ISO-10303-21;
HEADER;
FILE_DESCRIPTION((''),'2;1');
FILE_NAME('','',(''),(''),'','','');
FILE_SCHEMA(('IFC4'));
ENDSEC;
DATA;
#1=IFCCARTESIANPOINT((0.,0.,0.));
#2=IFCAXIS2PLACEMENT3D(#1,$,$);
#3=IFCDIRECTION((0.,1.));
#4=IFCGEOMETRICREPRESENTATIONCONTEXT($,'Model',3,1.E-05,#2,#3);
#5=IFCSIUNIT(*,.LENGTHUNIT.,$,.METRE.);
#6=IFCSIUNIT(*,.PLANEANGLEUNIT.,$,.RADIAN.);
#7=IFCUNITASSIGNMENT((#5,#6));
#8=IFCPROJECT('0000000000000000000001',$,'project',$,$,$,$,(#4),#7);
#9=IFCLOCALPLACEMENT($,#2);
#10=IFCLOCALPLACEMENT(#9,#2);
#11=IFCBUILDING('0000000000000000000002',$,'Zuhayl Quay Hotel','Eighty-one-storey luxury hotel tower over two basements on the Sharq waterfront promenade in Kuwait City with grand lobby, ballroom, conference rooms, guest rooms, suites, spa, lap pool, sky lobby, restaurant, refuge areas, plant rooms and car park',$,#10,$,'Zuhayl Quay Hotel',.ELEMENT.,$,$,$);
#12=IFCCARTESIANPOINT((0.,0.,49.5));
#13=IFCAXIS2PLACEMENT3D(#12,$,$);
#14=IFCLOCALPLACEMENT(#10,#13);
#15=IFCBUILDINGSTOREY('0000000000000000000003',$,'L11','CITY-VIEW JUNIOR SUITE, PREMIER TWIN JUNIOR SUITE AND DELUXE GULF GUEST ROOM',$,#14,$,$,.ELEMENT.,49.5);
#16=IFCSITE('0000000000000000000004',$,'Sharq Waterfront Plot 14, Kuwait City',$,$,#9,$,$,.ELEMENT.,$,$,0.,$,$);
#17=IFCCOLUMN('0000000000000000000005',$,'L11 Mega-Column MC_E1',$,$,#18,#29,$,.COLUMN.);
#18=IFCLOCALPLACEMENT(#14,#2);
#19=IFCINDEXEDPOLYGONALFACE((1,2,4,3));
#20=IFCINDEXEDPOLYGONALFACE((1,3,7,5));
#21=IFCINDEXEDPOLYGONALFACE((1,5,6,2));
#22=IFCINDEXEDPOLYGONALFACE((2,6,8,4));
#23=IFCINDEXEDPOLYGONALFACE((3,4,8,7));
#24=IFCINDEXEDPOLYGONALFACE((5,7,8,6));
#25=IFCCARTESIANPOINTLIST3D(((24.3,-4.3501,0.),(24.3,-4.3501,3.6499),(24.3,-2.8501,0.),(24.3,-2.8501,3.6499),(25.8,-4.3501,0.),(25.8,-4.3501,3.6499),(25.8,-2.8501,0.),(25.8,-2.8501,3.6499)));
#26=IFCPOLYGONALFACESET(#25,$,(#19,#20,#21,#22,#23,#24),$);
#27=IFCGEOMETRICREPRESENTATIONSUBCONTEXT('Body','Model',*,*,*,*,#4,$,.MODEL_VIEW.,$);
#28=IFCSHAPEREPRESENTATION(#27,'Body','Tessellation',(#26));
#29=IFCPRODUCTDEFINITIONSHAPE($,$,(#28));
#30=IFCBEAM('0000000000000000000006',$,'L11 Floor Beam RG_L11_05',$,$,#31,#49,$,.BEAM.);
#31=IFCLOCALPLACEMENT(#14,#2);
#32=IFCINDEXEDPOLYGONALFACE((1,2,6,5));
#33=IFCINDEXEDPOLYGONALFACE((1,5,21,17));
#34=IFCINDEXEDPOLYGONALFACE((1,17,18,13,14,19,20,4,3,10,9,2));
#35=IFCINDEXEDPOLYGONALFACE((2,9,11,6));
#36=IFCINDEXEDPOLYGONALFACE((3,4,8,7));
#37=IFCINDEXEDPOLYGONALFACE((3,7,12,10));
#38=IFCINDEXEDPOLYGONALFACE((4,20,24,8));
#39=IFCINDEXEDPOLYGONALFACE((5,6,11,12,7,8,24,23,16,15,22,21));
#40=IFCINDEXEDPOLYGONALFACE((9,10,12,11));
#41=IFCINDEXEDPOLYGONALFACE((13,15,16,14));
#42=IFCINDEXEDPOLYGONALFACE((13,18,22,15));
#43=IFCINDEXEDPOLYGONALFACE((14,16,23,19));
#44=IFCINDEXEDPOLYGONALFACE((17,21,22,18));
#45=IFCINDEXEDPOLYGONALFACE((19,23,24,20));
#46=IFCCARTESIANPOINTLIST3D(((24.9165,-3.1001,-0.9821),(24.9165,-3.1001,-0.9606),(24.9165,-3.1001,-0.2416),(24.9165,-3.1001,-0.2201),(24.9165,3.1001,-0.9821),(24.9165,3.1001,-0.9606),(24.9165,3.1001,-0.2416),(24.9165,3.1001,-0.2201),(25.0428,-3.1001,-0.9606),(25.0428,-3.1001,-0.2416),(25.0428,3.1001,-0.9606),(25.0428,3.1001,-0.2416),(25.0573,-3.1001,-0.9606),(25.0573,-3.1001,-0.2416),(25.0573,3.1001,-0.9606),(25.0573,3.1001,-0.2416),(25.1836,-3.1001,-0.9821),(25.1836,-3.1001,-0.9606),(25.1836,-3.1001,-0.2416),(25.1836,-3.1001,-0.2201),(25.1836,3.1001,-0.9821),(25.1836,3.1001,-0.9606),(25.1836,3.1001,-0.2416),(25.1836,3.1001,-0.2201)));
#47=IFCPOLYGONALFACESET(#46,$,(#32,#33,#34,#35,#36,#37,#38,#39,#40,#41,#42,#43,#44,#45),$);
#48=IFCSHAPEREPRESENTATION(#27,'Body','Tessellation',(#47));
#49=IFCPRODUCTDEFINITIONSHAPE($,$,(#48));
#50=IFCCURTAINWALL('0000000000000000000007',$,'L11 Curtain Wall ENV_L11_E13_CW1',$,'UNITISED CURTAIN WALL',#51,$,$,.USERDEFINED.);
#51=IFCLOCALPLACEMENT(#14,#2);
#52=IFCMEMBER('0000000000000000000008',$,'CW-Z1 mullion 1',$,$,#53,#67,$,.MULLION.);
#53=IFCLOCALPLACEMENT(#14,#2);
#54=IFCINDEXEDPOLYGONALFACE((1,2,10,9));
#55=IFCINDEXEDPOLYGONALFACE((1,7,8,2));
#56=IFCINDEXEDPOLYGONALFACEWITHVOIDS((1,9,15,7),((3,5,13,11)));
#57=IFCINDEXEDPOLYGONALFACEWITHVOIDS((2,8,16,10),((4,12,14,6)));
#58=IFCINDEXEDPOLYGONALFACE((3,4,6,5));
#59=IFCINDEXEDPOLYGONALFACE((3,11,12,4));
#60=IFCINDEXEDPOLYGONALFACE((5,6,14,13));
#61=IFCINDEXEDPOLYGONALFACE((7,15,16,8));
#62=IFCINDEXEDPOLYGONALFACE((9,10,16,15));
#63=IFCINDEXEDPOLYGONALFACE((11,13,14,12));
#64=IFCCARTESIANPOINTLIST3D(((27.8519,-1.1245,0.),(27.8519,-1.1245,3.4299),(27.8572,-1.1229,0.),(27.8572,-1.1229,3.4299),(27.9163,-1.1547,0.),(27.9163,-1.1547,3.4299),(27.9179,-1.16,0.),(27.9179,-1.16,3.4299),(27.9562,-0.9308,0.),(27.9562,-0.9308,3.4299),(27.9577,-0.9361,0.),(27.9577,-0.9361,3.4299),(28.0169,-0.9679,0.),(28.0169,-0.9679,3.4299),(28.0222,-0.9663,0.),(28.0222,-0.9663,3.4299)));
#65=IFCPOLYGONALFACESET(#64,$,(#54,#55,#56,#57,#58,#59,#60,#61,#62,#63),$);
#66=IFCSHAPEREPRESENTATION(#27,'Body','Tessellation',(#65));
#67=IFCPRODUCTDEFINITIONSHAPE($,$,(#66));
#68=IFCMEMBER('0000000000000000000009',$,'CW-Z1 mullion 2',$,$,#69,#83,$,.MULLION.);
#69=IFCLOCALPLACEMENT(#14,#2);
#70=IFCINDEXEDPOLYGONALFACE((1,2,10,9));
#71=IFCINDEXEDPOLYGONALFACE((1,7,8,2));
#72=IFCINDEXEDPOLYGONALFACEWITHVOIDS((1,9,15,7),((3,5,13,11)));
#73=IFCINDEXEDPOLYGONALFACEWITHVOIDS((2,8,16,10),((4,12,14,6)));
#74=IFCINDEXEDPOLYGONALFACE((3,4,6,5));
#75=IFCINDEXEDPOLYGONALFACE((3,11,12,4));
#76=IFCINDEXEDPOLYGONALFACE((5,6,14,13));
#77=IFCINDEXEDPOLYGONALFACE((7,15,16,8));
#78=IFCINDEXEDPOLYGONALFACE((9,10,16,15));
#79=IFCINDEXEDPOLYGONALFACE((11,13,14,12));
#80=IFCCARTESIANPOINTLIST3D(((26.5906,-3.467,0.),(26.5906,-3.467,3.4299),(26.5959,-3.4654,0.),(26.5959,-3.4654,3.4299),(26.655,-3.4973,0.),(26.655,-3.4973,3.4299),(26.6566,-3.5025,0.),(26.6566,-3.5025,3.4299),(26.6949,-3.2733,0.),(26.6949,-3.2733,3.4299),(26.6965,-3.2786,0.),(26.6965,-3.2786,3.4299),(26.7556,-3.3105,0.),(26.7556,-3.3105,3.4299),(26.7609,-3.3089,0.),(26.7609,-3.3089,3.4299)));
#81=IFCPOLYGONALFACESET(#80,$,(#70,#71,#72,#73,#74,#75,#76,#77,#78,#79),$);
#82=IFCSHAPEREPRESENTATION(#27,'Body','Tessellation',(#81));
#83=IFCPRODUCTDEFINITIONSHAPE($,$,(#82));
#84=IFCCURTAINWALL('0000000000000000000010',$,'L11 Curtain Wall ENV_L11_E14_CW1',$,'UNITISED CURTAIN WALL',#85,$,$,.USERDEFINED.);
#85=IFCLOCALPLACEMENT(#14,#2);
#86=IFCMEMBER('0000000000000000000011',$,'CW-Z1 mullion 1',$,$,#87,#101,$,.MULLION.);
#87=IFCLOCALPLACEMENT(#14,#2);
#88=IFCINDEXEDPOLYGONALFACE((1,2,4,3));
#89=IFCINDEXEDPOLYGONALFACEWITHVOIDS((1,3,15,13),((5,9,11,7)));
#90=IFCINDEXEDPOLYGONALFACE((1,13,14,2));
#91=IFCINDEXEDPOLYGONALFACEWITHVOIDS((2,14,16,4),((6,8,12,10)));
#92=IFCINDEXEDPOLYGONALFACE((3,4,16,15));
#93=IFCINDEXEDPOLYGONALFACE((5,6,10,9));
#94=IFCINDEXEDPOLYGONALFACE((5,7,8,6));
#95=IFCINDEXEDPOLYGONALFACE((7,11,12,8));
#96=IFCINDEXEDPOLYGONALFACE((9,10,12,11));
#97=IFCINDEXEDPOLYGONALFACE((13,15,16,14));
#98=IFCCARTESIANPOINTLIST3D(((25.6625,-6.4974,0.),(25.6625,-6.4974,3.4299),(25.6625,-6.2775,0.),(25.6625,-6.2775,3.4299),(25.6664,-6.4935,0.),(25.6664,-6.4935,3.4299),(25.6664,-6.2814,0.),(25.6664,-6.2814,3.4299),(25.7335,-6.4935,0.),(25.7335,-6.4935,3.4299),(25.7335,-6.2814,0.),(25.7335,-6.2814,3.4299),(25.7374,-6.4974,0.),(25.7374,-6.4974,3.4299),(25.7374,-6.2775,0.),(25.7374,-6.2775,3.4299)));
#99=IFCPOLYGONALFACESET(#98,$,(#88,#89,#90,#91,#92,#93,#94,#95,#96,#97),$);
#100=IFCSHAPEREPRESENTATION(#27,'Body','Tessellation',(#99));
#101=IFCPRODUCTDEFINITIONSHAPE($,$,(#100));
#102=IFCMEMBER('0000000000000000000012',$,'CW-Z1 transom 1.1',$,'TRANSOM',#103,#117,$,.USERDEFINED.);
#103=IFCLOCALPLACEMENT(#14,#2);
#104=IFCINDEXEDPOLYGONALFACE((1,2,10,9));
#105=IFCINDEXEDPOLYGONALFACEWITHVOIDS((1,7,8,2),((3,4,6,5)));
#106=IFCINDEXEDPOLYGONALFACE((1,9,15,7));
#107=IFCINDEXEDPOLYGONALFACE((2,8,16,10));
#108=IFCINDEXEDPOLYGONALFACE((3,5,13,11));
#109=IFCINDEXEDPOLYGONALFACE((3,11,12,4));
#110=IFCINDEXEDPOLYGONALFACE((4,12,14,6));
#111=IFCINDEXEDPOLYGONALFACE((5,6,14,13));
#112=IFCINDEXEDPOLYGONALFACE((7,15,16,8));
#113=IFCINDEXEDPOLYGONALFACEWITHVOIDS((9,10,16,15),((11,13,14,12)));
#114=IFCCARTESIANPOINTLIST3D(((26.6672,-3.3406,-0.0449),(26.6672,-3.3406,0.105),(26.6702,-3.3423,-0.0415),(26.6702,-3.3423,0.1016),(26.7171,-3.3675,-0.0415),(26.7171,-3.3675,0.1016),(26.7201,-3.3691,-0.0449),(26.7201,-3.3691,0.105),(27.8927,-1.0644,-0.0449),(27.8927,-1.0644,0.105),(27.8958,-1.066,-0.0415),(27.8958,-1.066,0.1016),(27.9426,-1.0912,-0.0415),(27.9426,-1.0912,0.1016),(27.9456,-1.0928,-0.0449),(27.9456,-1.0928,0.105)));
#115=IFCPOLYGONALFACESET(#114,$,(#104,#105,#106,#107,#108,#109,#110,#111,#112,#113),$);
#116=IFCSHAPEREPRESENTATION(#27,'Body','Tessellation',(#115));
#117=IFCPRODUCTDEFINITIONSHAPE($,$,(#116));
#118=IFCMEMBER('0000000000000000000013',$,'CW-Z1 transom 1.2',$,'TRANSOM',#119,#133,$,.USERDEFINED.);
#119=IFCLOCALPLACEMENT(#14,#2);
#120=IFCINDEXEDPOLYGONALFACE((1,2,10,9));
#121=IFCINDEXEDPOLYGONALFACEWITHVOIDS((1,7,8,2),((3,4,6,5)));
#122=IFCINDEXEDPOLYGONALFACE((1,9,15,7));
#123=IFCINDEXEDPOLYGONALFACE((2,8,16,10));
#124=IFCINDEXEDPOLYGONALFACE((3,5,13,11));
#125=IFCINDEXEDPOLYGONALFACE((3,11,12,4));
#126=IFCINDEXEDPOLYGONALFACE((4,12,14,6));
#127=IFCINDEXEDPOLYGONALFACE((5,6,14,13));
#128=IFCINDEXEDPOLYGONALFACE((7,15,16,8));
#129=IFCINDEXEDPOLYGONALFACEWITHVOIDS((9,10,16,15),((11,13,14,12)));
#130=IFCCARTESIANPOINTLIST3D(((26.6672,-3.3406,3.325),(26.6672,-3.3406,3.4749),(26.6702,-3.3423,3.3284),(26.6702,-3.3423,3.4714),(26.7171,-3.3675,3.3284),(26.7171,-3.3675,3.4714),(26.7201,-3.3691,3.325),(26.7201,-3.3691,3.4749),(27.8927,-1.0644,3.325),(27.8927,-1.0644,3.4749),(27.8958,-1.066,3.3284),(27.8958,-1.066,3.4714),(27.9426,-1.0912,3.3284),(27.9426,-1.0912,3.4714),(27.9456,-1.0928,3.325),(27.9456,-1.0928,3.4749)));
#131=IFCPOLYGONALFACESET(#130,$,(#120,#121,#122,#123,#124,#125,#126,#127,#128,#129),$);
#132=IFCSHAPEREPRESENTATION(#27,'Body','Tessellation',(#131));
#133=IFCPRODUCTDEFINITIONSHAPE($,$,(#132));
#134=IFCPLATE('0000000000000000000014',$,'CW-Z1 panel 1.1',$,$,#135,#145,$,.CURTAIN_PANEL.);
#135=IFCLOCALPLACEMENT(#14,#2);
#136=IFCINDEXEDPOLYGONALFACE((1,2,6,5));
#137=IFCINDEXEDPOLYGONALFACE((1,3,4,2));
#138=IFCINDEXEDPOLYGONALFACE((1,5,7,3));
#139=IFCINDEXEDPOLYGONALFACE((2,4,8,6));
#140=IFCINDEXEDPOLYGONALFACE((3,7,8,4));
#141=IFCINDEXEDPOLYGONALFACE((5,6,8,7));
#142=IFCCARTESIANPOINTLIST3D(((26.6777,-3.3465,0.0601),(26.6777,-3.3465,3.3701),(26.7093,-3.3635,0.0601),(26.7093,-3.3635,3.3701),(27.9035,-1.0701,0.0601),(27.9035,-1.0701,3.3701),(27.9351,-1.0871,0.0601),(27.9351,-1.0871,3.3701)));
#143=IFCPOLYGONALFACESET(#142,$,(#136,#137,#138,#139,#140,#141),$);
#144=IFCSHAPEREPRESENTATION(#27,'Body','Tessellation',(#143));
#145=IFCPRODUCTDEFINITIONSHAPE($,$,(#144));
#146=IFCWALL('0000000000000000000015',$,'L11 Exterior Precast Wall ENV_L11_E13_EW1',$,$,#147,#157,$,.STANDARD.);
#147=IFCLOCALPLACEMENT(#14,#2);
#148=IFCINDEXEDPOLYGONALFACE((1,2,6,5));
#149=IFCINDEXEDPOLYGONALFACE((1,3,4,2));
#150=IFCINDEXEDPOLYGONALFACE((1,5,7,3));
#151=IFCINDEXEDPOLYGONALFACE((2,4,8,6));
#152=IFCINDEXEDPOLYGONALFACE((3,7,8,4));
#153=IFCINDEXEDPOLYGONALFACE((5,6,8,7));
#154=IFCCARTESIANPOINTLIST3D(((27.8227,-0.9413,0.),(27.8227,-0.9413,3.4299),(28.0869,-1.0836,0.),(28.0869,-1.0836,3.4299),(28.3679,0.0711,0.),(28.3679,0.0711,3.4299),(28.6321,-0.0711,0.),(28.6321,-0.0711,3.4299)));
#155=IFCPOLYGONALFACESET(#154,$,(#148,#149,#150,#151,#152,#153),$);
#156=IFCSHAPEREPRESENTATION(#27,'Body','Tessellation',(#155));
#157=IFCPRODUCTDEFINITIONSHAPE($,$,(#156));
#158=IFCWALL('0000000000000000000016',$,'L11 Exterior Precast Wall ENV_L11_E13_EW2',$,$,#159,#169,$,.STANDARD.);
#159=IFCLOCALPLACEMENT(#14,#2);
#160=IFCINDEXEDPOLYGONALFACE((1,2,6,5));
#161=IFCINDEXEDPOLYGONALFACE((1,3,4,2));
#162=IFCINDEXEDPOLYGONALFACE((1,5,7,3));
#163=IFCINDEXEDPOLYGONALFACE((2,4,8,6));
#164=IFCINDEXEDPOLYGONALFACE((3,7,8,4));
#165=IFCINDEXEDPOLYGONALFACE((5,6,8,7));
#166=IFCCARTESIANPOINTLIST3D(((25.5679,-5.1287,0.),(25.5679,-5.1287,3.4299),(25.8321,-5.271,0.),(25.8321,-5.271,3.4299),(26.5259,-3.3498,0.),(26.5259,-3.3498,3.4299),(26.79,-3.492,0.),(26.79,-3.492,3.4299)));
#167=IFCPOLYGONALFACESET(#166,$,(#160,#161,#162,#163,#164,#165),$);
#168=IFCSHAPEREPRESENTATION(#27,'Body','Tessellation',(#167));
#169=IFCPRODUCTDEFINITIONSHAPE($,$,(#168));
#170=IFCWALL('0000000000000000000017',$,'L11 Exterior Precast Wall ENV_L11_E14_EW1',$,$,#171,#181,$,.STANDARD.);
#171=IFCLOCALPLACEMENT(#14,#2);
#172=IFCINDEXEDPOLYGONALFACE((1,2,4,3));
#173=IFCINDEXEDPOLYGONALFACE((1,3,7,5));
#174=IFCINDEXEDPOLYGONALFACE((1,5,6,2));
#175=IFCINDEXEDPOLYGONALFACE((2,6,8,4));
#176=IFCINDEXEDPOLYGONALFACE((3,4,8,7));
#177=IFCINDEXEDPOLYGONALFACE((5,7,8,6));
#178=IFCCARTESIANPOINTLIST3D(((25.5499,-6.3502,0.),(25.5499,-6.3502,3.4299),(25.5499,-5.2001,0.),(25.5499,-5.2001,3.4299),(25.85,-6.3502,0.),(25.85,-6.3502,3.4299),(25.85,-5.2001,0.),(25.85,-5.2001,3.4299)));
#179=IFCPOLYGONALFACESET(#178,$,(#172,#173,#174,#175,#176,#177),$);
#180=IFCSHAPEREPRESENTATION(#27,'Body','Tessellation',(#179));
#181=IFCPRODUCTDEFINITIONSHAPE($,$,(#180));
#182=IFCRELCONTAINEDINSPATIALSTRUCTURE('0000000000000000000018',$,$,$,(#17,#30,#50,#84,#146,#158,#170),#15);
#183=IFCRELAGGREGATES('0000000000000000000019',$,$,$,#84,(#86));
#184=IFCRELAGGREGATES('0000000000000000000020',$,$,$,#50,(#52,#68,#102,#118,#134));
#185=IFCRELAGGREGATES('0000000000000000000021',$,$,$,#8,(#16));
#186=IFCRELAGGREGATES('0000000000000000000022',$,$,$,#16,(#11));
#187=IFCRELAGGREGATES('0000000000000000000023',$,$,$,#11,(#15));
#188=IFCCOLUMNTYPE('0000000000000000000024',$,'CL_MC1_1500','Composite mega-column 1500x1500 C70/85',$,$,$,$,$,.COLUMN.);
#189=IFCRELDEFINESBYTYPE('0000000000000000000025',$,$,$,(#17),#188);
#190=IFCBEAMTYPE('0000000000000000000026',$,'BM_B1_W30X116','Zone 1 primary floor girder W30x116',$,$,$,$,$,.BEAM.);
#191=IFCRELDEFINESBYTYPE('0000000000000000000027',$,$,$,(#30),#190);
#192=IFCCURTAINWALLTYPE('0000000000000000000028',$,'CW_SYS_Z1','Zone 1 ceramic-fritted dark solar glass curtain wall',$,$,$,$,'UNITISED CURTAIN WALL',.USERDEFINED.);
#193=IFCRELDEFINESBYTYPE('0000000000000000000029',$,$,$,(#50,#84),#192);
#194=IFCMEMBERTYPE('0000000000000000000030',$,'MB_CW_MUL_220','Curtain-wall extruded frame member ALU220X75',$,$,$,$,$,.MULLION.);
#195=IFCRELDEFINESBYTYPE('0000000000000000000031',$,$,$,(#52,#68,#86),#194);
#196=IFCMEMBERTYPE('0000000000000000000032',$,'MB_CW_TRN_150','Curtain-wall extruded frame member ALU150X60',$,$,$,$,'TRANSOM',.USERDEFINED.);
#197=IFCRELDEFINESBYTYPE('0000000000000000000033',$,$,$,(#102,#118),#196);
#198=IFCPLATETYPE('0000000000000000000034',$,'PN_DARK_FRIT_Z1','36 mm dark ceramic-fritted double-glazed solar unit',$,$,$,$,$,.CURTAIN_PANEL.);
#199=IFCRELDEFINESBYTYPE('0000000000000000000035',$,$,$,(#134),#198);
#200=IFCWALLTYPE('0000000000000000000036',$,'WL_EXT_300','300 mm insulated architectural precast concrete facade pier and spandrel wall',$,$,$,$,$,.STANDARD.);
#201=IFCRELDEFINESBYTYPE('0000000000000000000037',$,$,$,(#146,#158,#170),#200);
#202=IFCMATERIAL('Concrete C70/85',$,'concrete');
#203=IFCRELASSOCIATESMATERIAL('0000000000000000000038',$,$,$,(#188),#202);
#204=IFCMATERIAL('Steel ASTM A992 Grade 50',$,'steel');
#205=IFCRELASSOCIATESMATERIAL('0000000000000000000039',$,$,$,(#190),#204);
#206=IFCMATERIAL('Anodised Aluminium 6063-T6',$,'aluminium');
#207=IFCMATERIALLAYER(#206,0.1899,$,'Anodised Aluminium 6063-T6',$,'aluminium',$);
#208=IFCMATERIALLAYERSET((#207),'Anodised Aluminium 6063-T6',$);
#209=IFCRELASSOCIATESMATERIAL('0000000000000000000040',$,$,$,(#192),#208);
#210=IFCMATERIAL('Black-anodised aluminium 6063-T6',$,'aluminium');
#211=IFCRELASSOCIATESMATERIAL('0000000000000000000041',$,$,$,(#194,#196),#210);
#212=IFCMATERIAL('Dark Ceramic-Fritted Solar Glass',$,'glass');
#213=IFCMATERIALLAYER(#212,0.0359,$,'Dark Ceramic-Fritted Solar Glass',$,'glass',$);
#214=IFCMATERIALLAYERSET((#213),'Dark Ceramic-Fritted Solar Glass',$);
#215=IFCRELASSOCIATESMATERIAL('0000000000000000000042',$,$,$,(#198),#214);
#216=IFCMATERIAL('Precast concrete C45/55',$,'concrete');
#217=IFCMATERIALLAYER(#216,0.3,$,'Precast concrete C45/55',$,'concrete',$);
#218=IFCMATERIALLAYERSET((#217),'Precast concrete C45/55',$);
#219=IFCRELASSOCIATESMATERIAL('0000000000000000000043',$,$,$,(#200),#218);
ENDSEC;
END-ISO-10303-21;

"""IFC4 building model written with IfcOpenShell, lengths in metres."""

from ifc_helpers import new_model, si_unit, direction, frame, frame_2d, origin, origin_2d, place, context, subcontext, project, spatial, rectangle, hollow_rectangle, i_section, extrude, material, layer, layer_set, material_profile, profile_set, type_object, element, aggregate, save


model = new_model("IFC4")

# Units and contexts
model_context = context("Model", 3, precision=1e-05, world=origin(), true_north=direction((0.0, 1.0)))
body_context = subcontext(model_context, "Body", "Model", "MODEL_VIEW")
ifc_project = project(units=[si_unit("LENGTHUNIT", "METRE"), si_unit("PLANEANGLEUNIT", "RADIAN")], contexts=[model_context])

# Site, building, storey
site_placement = place(None, origin())
site = spatial("IfcSite", under=ifc_project, at=site_placement, Name="Sharq Waterfront Plot 14, Kuwait City", CompositionType="ELEMENT", RefElevation=0.0)
building_placement = place(site_placement, origin())
building = spatial("IfcBuilding", under=site, at=building_placement, Name="Zuhayl Quay Hotel", Description="Eighty-one-storey luxury hotel tower over two basements on the Sharq waterfront promenade in Kuwait City with grand lobby, ballroom, conference rooms, guest rooms, suites, spa, lap pool, sky lobby, restaurant, refuge areas, plant rooms and car park", LongName="Zuhayl Quay Hotel", CompositionType="ELEMENT")
storey_placement = place(building_placement, frame((0.0, 0.0, 49.5)))
storey = spatial("IfcBuildingStorey", under=building, at=storey_placement, Name="L11", Description="CITY-VIEW JUNIOR SUITE, PREMIER TWIN JUNIOR SUITE AND DELUXE GULF GUEST ROOM", CompositionType="ELEMENT", Elevation=49.5)

# Column
ifc_material_1 = material(Name="Concrete C70/85", Category="concrete")
ifc_material_profile_1 = material_profile(ifc_material_1, rectangle(XDim=1.5, YDim=1.5, at=origin_2d()), Name="RC1500X1500")
ifc_profile_set_1 = profile_set([ifc_material_profile_1], Name="Concrete C70/85")
column_type = type_object("IfcColumnType", Name="CL_MC1_1500", Description="Composite mega-column 1500x1500 C70/85", PredefinedType="COLUMN", material=ifc_profile_set_1)
column_placement = place(storey_placement, frame((25.05, -3.6001, 0.0), z_axis=(0.0, 0.0, 1.0), x_axis=(1.0, 0.0, 0.0)))
element("IfcColumn", 1, at=column_placement, inside=storey, type_object=column_type, Name="L11 Mega-Column MC_E1", PredefinedType="COLUMN", context=body_context, shape_type="SweptSolid", body=[
    extrude(rectangle(XDim=1.5, YDim=1.5, at=origin_2d()), origin(), (0.0, 0.0, 1.0), 3.6499),
])

# Beam
ifc_material_2 = material(Name="Steel ASTM A992 Grade 50", Category="steel")
ifc_material_profile_2 = material_profile(ifc_material_2, i_section(OverallWidth=0.2671, OverallDepth=0.762, WebThickness=0.0144, FlangeThickness=0.0215, at=origin_2d()), Name="W30X116")
ifc_profile_set_2 = profile_set([ifc_material_profile_2], Name="Steel ASTM A992 Grade 50")
beam_type = type_object("IfcBeamType", Name="BM_B1_W30X116", Description="Zone 1 primary floor girder W30x116", PredefinedType="BEAM", material=ifc_profile_set_2)
beam_placement = place(storey_placement, frame((25.05, -3.1001, -0.6011), z_axis=(0.0, 1.0, 0.0), x_axis=(-1.0, 0.0, 0.0)))
element("IfcBeam", 2, at=beam_placement, inside=storey, type_object=beam_type, Name="L11 Floor Beam RG_L11_05", PredefinedType="BEAM", context=body_context, shape_type="SweptSolid", body=[
    extrude(i_section(OverallWidth=0.2671, OverallDepth=0.762, WebThickness=0.0144, FlangeThickness=0.0215, at=origin_2d()), origin(), (0.0, 0.0, 1.0), 6.2002),
])

# Curtain wall, members
ifc_material_3 = material(Name="Anodised Aluminium 6063-T6", Category="aluminium")
ifc_layer_1 = layer(ifc_material_3, 0.1899, Name="Anodised Aluminium 6063-T6", Category="aluminium")
ifc_layer_set_1 = layer_set([ifc_layer_1], Name="Anodised Aluminium 6063-T6")
curtain_wall_type = type_object("IfcCurtainWallType", Name="CW_SYS_Z1", Description="Zone 1 ceramic-fritted dark solar glass curtain wall", ElementType="UNITISED CURTAIN WALL", PredefinedType="USERDEFINED", material=ifc_layer_set_1)
curtain_wall_1_placement = place(storey_placement, origin())
curtain_wall_1 = element("IfcCurtainWall", 3, at=curtain_wall_1_placement, inside=storey, type_object=curtain_wall_type, Name="L11 Curtain Wall ENV_L11_E13_CW1", ObjectType="UNITISED CURTAIN WALL", PredefinedType="USERDEFINED")
ifc_material_4 = material(Name="Black-anodised aluminium 6063-T6", Category="aluminium")
ifc_material_profile_3 = material_profile(ifc_material_4, hollow_rectangle(XDim=0.075, YDim=0.22, WallThickness=0.0039, at=origin_2d()), Name="ALU220X75")
ifc_profile_set_3 = profile_set([ifc_material_profile_3], Name="Black-anodised aluminium 6063-T6")
member_type_1 = type_object("IfcMemberType", Name="MB_CW_MUL_220", Description="Curtain-wall extruded frame member ALU220X75", PredefinedType="MULLION", material=ifc_profile_set_3)
member_1_placement = place(storey_placement, frame((27.937, -1.0454, 0.0), z_axis=(0.0, 0.0, 1.0), x_axis=(0.880476, -0.474091, 0.0)))
member_1 = element("IfcMember", 4, at=member_1_placement, type_object=member_type_1, Name="CW-Z1 mullion 1", PredefinedType="MULLION", context=body_context, shape_type="SweptSolid", body=[
    extrude(hollow_rectangle(XDim=0.075, YDim=0.22, WallThickness=0.0039, at=origin_2d()), origin(), (0.0, 0.0, 1.0), 3.4299),
])
member_2_placement = place(storey_placement, frame((26.6758, -3.3879, 0.0), z_axis=(0.0, 0.0, 1.0), x_axis=(0.880476, -0.474091, 0.0)))
member_2 = element("IfcMember", 5, at=member_2_placement, type_object=member_type_1, Name="CW-Z1 mullion 2", PredefinedType="MULLION", context=body_context, shape_type="SweptSolid", body=[
    extrude(hollow_rectangle(XDim=0.075, YDim=0.22, WallThickness=0.0039, at=origin_2d()), origin(), (0.0, 0.0, 1.0), 3.4299),
])

# Curtain wall, member
curtain_wall_2_placement = place(storey_placement, origin())
curtain_wall_2 = element("IfcCurtainWall", 6, at=curtain_wall_2_placement, inside=storey, type_object=curtain_wall_type, Name="L11 Curtain Wall ENV_L11_E14_CW1", ObjectType="UNITISED CURTAIN WALL", PredefinedType="USERDEFINED")
member_3_placement = place(storey_placement, frame((25.7, -6.3875, 0.0), z_axis=(0.0, 0.0, 1.0), x_axis=(1.0, 0.0, 0.0)))
member_3 = element("IfcMember", 7, at=member_3_placement, type_object=member_type_1, Name="CW-Z1 mullion 1", PredefinedType="MULLION", context=body_context, shape_type="SweptSolid", body=[
    extrude(hollow_rectangle(XDim=0.075, YDim=0.22, WallThickness=0.0039, at=origin_2d()), origin(), (0.0, 0.0, 1.0), 3.4299),
])
aggregate(curtain_wall_2, [member_3])

# Members
ifc_material_profile_4 = material_profile(ifc_material_4, hollow_rectangle(XDim=0.0601, YDim=0.1499, WallThickness=0.0034, at=origin_2d()), Name="ALU150X60")
ifc_profile_set_4 = profile_set([ifc_material_profile_4], Name="Black-anodised aluminium 6063-T6")
member_type_2 = type_object("IfcMemberType", Name="MB_CW_TRN_150", Description="Curtain-wall extruded frame member ALU150X60", ElementType="TRANSOM", PredefinedType="USERDEFINED", material=ifc_profile_set_4)
member_4_placement = place(storey_placement, frame((27.9192, -1.0786, 0.03), z_axis=(-0.474055, -0.880495, 0.0), x_axis=(0.880495, -0.474055, 0.0)))
member_4 = element("IfcMember", 8, at=member_4_placement, type_object=member_type_2, Name="CW-Z1 transom 1.1", ObjectType="TRANSOM", PredefinedType="USERDEFINED", context=body_context, shape_type="SweptSolid", body=[
    extrude(hollow_rectangle(XDim=0.0601, YDim=0.1499, WallThickness=0.0034, at=origin_2d()), origin(), (0.0, 0.0, 1.0), 2.5852),
])
member_5_placement = place(storey_placement, frame((27.9192, -1.0786, 3.3999), z_axis=(-0.474055, -0.880495, 0.0), x_axis=(0.880495, -0.474055, 0.0)))
member_5 = element("IfcMember", 9, at=member_5_placement, type_object=member_type_2, Name="CW-Z1 transom 1.2", ObjectType="TRANSOM", PredefinedType="USERDEFINED", context=body_context, shape_type="SweptSolid", body=[
    extrude(hollow_rectangle(XDim=0.0601, YDim=0.1499, WallThickness=0.0034, at=origin_2d()), origin(), (0.0, 0.0, 1.0), 2.5852),
])

# Plate
ifc_material_5 = material(Name="Dark Ceramic-Fritted Solar Glass", Category="glass")
ifc_layer_2 = layer(ifc_material_5, 0.0359, Name="Dark Ceramic-Fritted Solar Glass", Category="glass")
ifc_layer_set_2 = layer_set([ifc_layer_2], Name="Dark Ceramic-Fritted Solar Glass")
plate_type = type_object("IfcPlateType", Name="PN_DARK_FRIT_Z1", Description="36 mm dark ceramic-fritted double-glazed solar unit", PredefinedType="CURTAIN_PANEL", material=ifc_layer_set_2)
plate_placement = place(storey_placement, frame((27.3064, -2.2168, 0.0601), z_axis=(0.0, 0.0, 1.0), x_axis=(-0.474091, -0.880476, 0.0)))
plate = element("IfcPlate", 10, at=plate_placement, type_object=plate_type, Name="CW-Z1 panel 1.1", PredefinedType="CURTAIN_PANEL", context=body_context, shape_type="SweptSolid", body=[
    extrude(rectangle(XDim=2.5854, YDim=0.0359, at=origin_2d()), origin(), (0.0, 0.0, 1.0), 3.3101),
])
aggregate(curtain_wall_1, [member_1, member_2, member_4, member_5, plate])

# Walls
ifc_material_6 = material(Name="Precast concrete C45/55", Category="concrete")
ifc_layer_3 = layer(ifc_material_6, 0.3, Name="Precast concrete C45/55", Category="concrete")
ifc_layer_set_3 = layer_set([ifc_layer_3], Name="Precast concrete C45/55")
wall_type_1 = type_object("IfcWallType", Name="WL_EXT_300", Description="300 mm insulated architectural precast concrete facade pier and spandrel wall", PredefinedType="STANDARD", material=ifc_layer_set_3)
wall_1_placement = place(storey_placement, frame((28.5, 0.0, 0.0), z_axis=(0.0, 0.0, 1.0), x_axis=(-0.4741, -0.880471, 0.0)))
element("IfcWall", 11, at=wall_1_placement, inside=storey, type_object=wall_type_1, Name="L11 Exterior Precast Wall ENV_L11_E13_EW1", PredefinedType="STANDARD", context=body_context, shape_type="SweptSolid", body=[
    extrude(rectangle(XDim=1.1499, YDim=0.3, at=frame_2d((0.575, 0.0))), origin(), (0.0, 0.0, 1.0), 3.4299),
])
wall_2_placement = place(storey_placement, frame((26.658, -3.4209, 0.0), z_axis=(0.0, 0.0, 1.0), x_axis=(-0.474121, -0.880459, 0.0)))
element("IfcWall", 12, at=wall_2_placement, inside=storey, type_object=wall_type_1, Name="L11 Exterior Precast Wall ENV_L11_E13_EW2", PredefinedType="STANDARD", context=body_context, shape_type="SweptSolid", body=[
    extrude(rectangle(XDim=2.0205, YDim=0.3, at=frame_2d((1.0103, 0.0))), origin(), (0.0, 0.0, 1.0), 3.4299),
])
wall_3_placement = place(storey_placement, frame((25.7, -5.2, 0.0), z_axis=(0.0, 0.0, 1.0), x_axis=(0.0, -1.0, 0.0)))
element("IfcWall", 13, at=wall_3_placement, inside=storey, type_object=wall_type_1, Name="L11 Exterior Precast Wall ENV_L11_E14_EW1", PredefinedType="STANDARD", context=body_context, shape_type="SweptSolid", body=[
    extrude(rectangle(XDim=1.1501, YDim=0.3, at=frame_2d((0.5752, 0.0))), origin(), (0.0, 0.0, 1.0), 3.4299),
])

save(model, "model.ifc")
